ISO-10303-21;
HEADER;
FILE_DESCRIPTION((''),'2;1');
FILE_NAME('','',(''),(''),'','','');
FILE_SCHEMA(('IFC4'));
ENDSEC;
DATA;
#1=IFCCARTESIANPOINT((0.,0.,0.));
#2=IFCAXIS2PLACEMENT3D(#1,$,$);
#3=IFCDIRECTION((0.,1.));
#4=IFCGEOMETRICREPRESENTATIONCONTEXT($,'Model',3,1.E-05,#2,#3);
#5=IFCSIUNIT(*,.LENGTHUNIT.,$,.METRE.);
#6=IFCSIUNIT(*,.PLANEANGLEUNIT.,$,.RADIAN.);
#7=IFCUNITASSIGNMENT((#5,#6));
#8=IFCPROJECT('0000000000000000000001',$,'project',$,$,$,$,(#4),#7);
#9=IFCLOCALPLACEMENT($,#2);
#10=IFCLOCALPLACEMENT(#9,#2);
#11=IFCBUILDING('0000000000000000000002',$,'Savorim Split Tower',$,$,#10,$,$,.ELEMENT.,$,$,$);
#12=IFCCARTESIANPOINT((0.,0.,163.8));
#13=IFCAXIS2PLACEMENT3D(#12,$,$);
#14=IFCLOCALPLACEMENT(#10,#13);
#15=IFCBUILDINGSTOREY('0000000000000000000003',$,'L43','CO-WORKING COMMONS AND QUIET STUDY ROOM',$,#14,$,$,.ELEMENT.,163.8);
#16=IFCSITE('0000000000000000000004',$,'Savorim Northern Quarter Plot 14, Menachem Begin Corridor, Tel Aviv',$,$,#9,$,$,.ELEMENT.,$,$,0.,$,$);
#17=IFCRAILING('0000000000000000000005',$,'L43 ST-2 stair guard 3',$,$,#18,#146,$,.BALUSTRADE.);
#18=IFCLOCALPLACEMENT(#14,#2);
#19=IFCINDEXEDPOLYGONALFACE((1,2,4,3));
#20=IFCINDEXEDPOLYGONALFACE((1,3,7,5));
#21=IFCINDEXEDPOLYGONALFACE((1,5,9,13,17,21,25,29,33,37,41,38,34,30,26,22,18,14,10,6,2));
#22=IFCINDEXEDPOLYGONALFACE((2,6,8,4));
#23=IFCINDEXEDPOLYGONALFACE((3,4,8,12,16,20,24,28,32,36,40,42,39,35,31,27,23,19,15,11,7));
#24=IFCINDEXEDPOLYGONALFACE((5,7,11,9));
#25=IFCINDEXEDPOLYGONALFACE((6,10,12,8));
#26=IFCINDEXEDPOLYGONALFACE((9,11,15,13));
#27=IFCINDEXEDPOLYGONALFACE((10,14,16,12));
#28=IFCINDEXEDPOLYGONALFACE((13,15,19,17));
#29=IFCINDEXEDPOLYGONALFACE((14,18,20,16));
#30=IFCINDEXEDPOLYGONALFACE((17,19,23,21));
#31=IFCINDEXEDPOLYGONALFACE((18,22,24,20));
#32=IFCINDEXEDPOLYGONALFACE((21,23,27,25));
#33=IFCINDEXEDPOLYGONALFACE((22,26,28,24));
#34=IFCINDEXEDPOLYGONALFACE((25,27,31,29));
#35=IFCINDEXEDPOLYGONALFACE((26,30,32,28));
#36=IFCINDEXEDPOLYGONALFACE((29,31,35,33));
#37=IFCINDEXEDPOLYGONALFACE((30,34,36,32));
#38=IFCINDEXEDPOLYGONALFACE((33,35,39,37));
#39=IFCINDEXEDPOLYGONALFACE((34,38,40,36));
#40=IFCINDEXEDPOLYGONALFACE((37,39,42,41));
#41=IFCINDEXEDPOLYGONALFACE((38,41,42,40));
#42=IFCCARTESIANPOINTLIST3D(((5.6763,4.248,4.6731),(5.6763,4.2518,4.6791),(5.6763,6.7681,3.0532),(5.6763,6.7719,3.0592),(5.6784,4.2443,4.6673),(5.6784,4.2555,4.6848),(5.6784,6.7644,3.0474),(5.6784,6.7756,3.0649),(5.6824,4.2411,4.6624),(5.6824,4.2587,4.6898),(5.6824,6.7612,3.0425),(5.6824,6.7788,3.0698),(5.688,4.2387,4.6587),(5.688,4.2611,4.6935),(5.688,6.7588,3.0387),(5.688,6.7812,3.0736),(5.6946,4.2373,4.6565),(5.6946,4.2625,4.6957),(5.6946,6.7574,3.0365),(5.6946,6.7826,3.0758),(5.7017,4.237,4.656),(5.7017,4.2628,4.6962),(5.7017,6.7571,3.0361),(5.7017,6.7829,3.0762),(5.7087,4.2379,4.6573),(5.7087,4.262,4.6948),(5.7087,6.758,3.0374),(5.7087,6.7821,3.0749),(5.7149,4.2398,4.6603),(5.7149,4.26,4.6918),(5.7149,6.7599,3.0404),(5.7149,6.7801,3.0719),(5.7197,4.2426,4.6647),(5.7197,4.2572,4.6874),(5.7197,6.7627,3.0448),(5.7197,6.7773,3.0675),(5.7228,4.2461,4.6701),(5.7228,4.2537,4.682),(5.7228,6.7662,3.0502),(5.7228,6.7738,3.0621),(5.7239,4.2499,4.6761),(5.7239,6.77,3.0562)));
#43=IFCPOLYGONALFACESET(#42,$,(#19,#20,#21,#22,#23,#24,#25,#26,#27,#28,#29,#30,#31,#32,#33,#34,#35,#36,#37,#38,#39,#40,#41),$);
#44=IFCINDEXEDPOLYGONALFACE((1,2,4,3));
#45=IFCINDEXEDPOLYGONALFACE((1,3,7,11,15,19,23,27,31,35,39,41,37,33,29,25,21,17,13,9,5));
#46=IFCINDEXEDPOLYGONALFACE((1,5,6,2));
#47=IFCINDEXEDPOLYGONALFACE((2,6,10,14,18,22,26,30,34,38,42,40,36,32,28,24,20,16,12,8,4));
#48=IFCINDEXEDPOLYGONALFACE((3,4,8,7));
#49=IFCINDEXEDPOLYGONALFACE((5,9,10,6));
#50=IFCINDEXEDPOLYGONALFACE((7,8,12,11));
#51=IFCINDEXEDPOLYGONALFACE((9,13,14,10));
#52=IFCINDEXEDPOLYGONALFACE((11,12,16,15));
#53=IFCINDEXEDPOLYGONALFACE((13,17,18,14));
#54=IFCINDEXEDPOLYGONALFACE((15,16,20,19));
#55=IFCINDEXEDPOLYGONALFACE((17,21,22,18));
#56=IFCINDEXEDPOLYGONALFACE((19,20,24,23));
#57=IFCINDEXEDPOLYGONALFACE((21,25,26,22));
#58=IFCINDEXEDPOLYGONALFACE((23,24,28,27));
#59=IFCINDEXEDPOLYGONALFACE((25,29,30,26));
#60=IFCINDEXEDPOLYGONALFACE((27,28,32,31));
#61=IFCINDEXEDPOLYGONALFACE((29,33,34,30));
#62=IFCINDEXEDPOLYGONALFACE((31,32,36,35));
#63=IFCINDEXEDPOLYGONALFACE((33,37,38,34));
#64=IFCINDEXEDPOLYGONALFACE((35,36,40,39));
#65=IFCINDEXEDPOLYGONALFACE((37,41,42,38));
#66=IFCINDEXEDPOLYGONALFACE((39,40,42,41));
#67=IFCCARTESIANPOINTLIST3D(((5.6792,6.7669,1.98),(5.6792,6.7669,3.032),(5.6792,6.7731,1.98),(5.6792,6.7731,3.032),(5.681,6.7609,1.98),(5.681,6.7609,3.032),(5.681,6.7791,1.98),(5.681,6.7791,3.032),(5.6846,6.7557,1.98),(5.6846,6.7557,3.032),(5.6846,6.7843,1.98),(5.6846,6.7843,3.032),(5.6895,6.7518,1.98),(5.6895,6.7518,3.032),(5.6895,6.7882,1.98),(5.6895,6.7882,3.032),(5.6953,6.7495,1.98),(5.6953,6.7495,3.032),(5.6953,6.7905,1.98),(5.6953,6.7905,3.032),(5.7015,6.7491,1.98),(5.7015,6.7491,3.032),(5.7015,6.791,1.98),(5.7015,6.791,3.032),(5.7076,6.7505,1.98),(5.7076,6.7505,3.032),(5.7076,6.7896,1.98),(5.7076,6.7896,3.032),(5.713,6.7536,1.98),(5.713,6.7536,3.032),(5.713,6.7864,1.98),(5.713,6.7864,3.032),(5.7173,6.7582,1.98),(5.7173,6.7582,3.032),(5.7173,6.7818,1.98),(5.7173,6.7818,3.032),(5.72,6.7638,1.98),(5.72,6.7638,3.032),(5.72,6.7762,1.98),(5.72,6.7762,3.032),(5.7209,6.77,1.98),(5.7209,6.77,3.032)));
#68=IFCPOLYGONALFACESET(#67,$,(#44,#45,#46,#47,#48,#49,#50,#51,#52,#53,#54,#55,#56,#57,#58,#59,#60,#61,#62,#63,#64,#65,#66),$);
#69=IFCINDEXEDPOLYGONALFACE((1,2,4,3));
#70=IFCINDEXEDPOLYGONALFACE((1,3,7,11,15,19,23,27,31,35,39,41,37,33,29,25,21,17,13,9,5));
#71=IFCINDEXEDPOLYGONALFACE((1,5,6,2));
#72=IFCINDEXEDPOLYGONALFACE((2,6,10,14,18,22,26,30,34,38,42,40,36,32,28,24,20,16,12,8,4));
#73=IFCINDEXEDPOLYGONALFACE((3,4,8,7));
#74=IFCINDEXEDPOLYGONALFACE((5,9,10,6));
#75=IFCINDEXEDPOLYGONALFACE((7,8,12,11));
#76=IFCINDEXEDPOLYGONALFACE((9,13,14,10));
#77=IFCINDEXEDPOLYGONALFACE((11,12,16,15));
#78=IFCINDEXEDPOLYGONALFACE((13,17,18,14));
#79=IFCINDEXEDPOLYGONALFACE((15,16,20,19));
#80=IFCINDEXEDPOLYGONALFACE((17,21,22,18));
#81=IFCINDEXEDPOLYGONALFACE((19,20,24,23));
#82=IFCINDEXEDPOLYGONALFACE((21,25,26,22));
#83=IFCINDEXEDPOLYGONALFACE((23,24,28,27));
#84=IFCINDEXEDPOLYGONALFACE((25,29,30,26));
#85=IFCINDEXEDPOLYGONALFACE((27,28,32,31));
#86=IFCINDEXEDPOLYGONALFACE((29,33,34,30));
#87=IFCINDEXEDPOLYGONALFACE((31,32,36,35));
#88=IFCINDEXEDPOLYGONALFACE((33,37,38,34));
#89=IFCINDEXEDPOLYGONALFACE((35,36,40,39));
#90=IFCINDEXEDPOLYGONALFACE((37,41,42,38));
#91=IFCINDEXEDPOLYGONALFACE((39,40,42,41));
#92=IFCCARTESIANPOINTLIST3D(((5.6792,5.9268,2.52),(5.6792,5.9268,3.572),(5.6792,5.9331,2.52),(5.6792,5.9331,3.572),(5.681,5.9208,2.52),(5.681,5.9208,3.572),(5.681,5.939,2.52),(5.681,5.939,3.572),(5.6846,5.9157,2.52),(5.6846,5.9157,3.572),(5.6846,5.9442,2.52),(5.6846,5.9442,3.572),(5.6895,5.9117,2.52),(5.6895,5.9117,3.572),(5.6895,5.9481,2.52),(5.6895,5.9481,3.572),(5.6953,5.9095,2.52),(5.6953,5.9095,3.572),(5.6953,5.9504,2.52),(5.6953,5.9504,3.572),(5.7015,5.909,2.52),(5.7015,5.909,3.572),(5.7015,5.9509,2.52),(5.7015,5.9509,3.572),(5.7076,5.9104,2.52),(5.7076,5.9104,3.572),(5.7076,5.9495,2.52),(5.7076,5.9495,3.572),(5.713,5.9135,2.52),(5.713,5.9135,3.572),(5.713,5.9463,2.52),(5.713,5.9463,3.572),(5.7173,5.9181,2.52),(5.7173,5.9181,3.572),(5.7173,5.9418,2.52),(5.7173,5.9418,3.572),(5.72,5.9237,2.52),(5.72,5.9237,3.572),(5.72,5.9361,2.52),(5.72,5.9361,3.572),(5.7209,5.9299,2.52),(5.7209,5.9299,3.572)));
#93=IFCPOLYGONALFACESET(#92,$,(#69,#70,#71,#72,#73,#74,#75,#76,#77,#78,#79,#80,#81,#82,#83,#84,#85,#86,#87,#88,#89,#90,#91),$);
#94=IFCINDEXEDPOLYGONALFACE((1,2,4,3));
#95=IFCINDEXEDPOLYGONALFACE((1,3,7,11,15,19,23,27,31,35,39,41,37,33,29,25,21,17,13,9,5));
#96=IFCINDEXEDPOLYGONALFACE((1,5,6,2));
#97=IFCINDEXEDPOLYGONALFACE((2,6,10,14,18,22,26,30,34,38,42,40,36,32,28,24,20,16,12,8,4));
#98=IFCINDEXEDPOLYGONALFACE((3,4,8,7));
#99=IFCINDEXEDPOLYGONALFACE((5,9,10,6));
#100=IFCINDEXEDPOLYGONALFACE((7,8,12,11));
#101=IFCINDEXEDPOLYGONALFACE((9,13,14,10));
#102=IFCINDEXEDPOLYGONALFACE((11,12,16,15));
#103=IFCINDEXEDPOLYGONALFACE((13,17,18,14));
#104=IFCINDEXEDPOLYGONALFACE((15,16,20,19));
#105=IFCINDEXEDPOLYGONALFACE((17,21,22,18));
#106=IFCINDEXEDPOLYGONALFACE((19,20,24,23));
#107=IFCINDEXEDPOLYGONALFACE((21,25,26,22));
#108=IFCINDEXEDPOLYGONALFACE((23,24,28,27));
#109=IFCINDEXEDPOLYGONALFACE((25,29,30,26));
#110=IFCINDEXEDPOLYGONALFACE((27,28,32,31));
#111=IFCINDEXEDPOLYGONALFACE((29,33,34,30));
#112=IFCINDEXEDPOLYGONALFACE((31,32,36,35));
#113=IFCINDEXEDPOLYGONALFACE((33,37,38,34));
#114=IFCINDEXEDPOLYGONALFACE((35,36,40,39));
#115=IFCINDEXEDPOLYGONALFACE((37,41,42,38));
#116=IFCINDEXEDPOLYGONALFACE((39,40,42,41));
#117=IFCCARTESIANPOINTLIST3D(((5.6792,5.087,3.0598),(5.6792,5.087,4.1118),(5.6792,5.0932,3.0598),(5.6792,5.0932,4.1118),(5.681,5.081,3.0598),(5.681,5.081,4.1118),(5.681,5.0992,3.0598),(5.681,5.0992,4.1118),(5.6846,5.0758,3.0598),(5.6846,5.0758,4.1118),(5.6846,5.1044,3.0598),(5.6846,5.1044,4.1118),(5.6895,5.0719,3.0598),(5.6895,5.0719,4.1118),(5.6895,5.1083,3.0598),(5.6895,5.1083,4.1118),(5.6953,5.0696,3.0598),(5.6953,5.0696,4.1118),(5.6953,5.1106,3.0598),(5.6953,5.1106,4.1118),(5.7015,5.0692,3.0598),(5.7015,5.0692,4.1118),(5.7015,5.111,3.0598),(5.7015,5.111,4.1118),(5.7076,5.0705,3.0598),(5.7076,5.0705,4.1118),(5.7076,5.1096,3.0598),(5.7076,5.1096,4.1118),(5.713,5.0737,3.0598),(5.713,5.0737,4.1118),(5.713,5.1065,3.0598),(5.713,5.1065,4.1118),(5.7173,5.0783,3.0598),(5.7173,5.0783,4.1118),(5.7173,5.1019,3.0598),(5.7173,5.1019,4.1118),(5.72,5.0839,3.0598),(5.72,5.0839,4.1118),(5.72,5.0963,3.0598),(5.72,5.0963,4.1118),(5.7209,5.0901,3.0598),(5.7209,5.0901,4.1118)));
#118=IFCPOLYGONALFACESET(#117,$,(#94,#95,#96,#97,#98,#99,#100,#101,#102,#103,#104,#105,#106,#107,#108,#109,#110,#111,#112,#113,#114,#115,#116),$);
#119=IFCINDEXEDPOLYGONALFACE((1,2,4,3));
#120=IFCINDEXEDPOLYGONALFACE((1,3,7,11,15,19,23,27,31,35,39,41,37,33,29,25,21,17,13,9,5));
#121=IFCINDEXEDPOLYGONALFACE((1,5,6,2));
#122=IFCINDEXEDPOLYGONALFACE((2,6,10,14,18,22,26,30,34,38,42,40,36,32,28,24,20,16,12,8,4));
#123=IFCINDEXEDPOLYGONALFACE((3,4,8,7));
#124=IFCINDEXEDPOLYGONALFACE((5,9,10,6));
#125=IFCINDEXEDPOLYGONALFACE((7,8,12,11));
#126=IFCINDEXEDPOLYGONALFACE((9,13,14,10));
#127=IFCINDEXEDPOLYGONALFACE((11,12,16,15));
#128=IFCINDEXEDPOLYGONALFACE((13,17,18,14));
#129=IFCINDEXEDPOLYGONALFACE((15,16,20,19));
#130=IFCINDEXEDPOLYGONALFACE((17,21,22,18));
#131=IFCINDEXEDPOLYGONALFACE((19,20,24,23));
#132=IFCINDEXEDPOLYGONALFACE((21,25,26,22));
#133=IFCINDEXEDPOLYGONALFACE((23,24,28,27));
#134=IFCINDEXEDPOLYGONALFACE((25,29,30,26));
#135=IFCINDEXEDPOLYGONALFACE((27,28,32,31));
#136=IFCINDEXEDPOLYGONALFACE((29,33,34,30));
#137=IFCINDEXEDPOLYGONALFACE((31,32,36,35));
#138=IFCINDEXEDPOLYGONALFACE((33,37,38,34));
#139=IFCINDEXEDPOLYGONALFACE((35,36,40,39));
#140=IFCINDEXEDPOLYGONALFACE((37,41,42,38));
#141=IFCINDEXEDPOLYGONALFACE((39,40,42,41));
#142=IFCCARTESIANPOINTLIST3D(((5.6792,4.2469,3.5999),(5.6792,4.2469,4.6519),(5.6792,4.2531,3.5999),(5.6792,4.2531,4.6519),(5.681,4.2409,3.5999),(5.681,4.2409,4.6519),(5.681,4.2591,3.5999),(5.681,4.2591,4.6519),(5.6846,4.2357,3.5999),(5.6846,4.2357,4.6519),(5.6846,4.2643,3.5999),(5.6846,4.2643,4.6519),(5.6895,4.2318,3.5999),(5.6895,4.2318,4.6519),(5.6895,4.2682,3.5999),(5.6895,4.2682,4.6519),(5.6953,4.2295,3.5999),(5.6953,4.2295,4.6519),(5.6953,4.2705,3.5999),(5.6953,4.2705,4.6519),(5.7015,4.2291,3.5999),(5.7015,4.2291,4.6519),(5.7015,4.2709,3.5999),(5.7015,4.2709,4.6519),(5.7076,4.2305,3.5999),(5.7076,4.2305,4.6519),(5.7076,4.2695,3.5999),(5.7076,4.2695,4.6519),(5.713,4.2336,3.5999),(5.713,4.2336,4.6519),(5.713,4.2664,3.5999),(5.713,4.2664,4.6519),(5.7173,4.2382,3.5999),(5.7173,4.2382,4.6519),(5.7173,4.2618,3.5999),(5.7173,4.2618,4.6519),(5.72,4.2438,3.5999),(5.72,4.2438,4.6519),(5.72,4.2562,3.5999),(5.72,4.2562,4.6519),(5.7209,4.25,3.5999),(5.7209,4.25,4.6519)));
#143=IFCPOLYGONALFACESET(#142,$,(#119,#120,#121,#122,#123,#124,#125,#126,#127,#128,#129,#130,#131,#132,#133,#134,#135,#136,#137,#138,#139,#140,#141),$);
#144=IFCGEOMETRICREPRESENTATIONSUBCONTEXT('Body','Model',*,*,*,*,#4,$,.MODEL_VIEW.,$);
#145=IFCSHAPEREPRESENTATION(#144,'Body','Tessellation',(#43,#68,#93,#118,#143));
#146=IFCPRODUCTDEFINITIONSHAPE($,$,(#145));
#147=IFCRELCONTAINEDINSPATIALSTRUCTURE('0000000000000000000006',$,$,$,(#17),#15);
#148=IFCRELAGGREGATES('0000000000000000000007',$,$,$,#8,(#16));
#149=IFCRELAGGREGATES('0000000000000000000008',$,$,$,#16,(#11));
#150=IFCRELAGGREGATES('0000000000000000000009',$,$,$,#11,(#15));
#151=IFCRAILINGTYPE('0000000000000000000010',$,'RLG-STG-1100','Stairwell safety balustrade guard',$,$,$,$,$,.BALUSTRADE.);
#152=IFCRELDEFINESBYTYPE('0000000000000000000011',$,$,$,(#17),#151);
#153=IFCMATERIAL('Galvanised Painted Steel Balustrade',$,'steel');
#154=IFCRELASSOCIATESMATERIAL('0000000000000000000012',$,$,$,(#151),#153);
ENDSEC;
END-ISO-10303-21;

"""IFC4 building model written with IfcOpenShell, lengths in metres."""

from ifc_helpers import new_model, si_unit, direction, frame, origin, origin_2d, place, context, subcontext, project, spatial, circle, extrude, material, type_object, element, save


model = new_model("IFC4")

# Units and contexts
model_context = context("Model", 3, precision=1e-05, world=origin(), true_north=direction((0.0, 1.0)))
body_context = subcontext(model_context, "Body", "Model", "MODEL_VIEW")
ifc_project = project(units=[si_unit("LENGTHUNIT", "METRE"), si_unit("PLANEANGLEUNIT", "RADIAN")], contexts=[model_context])

# Site, building, storey
site_placement = place(None, origin())
site = spatial("IfcSite", under=ifc_project, at=site_placement, Name="Savorim Northern Quarter Plot 14, Menachem Begin Corridor, Tel Aviv", CompositionType="ELEMENT", RefElevation=0.0)
building_placement = place(site_placement, origin())
building = spatial("IfcBuilding", under=site, at=building_placement, Name="Savorim Split Tower", CompositionType="ELEMENT")
storey_placement = place(building_placement, frame((0.0, 0.0, 163.8)))
storey = spatial("IfcBuildingStorey", under=building, at=storey_placement, Name="L43", Description="CO-WORKING COMMONS AND QUIET STUDY ROOM", CompositionType="ELEMENT", Elevation=163.8)

# Railing
ifc_material_1 = material(Name="Galvanised Painted Steel Balustrade", Category="steel")
railing_type_1 = type_object("IfcRailingType", Name="RLG-STG-1100", Description="Stairwell safety balustrade guard", PredefinedType="BALUSTRADE", material=ifc_material_1)
railing_1_placement = place(storey_placement, frame((5.7, 6.77, 1.98)))
element("IfcRailing", 1, at=railing_1_placement, inside=storey, type_object=railing_type_1, Name="L43 ST-2 stair guard 3", PredefinedType="BALUSTRADE", context=body_context, shape_type="SweptSolid", body=[
    extrude(circle(Radius=0.0239, at=origin_2d()), frame((0.0, 0.0, 1.0762), z_axis=(0.0, -0.8412, 0.540725), x_axis=(1.0, 0.0, 0.0)), (0.0, 0.0, 1.0), 2.9958),
    extrude(circle(Radius=0.021, at=origin_2d()), origin(), (0.0, 0.0, 1.0), 1.052),
    extrude(circle(Radius=0.021, at=origin_2d()), frame((0.0, -0.8401, 0.54)), (0.0, 0.0, 1.0), 1.052),
    extrude(circle(Radius=0.021, at=origin_2d()), frame((0.0, -1.6799, 1.0798)), (0.0, 0.0, 1.0), 1.052),
    extrude(circle(Radius=0.021, at=origin_2d()), frame((0.0, -2.52, 1.6199)), (0.0, 0.0, 1.0), 1.052),
])

save(model, "model.ifc")
